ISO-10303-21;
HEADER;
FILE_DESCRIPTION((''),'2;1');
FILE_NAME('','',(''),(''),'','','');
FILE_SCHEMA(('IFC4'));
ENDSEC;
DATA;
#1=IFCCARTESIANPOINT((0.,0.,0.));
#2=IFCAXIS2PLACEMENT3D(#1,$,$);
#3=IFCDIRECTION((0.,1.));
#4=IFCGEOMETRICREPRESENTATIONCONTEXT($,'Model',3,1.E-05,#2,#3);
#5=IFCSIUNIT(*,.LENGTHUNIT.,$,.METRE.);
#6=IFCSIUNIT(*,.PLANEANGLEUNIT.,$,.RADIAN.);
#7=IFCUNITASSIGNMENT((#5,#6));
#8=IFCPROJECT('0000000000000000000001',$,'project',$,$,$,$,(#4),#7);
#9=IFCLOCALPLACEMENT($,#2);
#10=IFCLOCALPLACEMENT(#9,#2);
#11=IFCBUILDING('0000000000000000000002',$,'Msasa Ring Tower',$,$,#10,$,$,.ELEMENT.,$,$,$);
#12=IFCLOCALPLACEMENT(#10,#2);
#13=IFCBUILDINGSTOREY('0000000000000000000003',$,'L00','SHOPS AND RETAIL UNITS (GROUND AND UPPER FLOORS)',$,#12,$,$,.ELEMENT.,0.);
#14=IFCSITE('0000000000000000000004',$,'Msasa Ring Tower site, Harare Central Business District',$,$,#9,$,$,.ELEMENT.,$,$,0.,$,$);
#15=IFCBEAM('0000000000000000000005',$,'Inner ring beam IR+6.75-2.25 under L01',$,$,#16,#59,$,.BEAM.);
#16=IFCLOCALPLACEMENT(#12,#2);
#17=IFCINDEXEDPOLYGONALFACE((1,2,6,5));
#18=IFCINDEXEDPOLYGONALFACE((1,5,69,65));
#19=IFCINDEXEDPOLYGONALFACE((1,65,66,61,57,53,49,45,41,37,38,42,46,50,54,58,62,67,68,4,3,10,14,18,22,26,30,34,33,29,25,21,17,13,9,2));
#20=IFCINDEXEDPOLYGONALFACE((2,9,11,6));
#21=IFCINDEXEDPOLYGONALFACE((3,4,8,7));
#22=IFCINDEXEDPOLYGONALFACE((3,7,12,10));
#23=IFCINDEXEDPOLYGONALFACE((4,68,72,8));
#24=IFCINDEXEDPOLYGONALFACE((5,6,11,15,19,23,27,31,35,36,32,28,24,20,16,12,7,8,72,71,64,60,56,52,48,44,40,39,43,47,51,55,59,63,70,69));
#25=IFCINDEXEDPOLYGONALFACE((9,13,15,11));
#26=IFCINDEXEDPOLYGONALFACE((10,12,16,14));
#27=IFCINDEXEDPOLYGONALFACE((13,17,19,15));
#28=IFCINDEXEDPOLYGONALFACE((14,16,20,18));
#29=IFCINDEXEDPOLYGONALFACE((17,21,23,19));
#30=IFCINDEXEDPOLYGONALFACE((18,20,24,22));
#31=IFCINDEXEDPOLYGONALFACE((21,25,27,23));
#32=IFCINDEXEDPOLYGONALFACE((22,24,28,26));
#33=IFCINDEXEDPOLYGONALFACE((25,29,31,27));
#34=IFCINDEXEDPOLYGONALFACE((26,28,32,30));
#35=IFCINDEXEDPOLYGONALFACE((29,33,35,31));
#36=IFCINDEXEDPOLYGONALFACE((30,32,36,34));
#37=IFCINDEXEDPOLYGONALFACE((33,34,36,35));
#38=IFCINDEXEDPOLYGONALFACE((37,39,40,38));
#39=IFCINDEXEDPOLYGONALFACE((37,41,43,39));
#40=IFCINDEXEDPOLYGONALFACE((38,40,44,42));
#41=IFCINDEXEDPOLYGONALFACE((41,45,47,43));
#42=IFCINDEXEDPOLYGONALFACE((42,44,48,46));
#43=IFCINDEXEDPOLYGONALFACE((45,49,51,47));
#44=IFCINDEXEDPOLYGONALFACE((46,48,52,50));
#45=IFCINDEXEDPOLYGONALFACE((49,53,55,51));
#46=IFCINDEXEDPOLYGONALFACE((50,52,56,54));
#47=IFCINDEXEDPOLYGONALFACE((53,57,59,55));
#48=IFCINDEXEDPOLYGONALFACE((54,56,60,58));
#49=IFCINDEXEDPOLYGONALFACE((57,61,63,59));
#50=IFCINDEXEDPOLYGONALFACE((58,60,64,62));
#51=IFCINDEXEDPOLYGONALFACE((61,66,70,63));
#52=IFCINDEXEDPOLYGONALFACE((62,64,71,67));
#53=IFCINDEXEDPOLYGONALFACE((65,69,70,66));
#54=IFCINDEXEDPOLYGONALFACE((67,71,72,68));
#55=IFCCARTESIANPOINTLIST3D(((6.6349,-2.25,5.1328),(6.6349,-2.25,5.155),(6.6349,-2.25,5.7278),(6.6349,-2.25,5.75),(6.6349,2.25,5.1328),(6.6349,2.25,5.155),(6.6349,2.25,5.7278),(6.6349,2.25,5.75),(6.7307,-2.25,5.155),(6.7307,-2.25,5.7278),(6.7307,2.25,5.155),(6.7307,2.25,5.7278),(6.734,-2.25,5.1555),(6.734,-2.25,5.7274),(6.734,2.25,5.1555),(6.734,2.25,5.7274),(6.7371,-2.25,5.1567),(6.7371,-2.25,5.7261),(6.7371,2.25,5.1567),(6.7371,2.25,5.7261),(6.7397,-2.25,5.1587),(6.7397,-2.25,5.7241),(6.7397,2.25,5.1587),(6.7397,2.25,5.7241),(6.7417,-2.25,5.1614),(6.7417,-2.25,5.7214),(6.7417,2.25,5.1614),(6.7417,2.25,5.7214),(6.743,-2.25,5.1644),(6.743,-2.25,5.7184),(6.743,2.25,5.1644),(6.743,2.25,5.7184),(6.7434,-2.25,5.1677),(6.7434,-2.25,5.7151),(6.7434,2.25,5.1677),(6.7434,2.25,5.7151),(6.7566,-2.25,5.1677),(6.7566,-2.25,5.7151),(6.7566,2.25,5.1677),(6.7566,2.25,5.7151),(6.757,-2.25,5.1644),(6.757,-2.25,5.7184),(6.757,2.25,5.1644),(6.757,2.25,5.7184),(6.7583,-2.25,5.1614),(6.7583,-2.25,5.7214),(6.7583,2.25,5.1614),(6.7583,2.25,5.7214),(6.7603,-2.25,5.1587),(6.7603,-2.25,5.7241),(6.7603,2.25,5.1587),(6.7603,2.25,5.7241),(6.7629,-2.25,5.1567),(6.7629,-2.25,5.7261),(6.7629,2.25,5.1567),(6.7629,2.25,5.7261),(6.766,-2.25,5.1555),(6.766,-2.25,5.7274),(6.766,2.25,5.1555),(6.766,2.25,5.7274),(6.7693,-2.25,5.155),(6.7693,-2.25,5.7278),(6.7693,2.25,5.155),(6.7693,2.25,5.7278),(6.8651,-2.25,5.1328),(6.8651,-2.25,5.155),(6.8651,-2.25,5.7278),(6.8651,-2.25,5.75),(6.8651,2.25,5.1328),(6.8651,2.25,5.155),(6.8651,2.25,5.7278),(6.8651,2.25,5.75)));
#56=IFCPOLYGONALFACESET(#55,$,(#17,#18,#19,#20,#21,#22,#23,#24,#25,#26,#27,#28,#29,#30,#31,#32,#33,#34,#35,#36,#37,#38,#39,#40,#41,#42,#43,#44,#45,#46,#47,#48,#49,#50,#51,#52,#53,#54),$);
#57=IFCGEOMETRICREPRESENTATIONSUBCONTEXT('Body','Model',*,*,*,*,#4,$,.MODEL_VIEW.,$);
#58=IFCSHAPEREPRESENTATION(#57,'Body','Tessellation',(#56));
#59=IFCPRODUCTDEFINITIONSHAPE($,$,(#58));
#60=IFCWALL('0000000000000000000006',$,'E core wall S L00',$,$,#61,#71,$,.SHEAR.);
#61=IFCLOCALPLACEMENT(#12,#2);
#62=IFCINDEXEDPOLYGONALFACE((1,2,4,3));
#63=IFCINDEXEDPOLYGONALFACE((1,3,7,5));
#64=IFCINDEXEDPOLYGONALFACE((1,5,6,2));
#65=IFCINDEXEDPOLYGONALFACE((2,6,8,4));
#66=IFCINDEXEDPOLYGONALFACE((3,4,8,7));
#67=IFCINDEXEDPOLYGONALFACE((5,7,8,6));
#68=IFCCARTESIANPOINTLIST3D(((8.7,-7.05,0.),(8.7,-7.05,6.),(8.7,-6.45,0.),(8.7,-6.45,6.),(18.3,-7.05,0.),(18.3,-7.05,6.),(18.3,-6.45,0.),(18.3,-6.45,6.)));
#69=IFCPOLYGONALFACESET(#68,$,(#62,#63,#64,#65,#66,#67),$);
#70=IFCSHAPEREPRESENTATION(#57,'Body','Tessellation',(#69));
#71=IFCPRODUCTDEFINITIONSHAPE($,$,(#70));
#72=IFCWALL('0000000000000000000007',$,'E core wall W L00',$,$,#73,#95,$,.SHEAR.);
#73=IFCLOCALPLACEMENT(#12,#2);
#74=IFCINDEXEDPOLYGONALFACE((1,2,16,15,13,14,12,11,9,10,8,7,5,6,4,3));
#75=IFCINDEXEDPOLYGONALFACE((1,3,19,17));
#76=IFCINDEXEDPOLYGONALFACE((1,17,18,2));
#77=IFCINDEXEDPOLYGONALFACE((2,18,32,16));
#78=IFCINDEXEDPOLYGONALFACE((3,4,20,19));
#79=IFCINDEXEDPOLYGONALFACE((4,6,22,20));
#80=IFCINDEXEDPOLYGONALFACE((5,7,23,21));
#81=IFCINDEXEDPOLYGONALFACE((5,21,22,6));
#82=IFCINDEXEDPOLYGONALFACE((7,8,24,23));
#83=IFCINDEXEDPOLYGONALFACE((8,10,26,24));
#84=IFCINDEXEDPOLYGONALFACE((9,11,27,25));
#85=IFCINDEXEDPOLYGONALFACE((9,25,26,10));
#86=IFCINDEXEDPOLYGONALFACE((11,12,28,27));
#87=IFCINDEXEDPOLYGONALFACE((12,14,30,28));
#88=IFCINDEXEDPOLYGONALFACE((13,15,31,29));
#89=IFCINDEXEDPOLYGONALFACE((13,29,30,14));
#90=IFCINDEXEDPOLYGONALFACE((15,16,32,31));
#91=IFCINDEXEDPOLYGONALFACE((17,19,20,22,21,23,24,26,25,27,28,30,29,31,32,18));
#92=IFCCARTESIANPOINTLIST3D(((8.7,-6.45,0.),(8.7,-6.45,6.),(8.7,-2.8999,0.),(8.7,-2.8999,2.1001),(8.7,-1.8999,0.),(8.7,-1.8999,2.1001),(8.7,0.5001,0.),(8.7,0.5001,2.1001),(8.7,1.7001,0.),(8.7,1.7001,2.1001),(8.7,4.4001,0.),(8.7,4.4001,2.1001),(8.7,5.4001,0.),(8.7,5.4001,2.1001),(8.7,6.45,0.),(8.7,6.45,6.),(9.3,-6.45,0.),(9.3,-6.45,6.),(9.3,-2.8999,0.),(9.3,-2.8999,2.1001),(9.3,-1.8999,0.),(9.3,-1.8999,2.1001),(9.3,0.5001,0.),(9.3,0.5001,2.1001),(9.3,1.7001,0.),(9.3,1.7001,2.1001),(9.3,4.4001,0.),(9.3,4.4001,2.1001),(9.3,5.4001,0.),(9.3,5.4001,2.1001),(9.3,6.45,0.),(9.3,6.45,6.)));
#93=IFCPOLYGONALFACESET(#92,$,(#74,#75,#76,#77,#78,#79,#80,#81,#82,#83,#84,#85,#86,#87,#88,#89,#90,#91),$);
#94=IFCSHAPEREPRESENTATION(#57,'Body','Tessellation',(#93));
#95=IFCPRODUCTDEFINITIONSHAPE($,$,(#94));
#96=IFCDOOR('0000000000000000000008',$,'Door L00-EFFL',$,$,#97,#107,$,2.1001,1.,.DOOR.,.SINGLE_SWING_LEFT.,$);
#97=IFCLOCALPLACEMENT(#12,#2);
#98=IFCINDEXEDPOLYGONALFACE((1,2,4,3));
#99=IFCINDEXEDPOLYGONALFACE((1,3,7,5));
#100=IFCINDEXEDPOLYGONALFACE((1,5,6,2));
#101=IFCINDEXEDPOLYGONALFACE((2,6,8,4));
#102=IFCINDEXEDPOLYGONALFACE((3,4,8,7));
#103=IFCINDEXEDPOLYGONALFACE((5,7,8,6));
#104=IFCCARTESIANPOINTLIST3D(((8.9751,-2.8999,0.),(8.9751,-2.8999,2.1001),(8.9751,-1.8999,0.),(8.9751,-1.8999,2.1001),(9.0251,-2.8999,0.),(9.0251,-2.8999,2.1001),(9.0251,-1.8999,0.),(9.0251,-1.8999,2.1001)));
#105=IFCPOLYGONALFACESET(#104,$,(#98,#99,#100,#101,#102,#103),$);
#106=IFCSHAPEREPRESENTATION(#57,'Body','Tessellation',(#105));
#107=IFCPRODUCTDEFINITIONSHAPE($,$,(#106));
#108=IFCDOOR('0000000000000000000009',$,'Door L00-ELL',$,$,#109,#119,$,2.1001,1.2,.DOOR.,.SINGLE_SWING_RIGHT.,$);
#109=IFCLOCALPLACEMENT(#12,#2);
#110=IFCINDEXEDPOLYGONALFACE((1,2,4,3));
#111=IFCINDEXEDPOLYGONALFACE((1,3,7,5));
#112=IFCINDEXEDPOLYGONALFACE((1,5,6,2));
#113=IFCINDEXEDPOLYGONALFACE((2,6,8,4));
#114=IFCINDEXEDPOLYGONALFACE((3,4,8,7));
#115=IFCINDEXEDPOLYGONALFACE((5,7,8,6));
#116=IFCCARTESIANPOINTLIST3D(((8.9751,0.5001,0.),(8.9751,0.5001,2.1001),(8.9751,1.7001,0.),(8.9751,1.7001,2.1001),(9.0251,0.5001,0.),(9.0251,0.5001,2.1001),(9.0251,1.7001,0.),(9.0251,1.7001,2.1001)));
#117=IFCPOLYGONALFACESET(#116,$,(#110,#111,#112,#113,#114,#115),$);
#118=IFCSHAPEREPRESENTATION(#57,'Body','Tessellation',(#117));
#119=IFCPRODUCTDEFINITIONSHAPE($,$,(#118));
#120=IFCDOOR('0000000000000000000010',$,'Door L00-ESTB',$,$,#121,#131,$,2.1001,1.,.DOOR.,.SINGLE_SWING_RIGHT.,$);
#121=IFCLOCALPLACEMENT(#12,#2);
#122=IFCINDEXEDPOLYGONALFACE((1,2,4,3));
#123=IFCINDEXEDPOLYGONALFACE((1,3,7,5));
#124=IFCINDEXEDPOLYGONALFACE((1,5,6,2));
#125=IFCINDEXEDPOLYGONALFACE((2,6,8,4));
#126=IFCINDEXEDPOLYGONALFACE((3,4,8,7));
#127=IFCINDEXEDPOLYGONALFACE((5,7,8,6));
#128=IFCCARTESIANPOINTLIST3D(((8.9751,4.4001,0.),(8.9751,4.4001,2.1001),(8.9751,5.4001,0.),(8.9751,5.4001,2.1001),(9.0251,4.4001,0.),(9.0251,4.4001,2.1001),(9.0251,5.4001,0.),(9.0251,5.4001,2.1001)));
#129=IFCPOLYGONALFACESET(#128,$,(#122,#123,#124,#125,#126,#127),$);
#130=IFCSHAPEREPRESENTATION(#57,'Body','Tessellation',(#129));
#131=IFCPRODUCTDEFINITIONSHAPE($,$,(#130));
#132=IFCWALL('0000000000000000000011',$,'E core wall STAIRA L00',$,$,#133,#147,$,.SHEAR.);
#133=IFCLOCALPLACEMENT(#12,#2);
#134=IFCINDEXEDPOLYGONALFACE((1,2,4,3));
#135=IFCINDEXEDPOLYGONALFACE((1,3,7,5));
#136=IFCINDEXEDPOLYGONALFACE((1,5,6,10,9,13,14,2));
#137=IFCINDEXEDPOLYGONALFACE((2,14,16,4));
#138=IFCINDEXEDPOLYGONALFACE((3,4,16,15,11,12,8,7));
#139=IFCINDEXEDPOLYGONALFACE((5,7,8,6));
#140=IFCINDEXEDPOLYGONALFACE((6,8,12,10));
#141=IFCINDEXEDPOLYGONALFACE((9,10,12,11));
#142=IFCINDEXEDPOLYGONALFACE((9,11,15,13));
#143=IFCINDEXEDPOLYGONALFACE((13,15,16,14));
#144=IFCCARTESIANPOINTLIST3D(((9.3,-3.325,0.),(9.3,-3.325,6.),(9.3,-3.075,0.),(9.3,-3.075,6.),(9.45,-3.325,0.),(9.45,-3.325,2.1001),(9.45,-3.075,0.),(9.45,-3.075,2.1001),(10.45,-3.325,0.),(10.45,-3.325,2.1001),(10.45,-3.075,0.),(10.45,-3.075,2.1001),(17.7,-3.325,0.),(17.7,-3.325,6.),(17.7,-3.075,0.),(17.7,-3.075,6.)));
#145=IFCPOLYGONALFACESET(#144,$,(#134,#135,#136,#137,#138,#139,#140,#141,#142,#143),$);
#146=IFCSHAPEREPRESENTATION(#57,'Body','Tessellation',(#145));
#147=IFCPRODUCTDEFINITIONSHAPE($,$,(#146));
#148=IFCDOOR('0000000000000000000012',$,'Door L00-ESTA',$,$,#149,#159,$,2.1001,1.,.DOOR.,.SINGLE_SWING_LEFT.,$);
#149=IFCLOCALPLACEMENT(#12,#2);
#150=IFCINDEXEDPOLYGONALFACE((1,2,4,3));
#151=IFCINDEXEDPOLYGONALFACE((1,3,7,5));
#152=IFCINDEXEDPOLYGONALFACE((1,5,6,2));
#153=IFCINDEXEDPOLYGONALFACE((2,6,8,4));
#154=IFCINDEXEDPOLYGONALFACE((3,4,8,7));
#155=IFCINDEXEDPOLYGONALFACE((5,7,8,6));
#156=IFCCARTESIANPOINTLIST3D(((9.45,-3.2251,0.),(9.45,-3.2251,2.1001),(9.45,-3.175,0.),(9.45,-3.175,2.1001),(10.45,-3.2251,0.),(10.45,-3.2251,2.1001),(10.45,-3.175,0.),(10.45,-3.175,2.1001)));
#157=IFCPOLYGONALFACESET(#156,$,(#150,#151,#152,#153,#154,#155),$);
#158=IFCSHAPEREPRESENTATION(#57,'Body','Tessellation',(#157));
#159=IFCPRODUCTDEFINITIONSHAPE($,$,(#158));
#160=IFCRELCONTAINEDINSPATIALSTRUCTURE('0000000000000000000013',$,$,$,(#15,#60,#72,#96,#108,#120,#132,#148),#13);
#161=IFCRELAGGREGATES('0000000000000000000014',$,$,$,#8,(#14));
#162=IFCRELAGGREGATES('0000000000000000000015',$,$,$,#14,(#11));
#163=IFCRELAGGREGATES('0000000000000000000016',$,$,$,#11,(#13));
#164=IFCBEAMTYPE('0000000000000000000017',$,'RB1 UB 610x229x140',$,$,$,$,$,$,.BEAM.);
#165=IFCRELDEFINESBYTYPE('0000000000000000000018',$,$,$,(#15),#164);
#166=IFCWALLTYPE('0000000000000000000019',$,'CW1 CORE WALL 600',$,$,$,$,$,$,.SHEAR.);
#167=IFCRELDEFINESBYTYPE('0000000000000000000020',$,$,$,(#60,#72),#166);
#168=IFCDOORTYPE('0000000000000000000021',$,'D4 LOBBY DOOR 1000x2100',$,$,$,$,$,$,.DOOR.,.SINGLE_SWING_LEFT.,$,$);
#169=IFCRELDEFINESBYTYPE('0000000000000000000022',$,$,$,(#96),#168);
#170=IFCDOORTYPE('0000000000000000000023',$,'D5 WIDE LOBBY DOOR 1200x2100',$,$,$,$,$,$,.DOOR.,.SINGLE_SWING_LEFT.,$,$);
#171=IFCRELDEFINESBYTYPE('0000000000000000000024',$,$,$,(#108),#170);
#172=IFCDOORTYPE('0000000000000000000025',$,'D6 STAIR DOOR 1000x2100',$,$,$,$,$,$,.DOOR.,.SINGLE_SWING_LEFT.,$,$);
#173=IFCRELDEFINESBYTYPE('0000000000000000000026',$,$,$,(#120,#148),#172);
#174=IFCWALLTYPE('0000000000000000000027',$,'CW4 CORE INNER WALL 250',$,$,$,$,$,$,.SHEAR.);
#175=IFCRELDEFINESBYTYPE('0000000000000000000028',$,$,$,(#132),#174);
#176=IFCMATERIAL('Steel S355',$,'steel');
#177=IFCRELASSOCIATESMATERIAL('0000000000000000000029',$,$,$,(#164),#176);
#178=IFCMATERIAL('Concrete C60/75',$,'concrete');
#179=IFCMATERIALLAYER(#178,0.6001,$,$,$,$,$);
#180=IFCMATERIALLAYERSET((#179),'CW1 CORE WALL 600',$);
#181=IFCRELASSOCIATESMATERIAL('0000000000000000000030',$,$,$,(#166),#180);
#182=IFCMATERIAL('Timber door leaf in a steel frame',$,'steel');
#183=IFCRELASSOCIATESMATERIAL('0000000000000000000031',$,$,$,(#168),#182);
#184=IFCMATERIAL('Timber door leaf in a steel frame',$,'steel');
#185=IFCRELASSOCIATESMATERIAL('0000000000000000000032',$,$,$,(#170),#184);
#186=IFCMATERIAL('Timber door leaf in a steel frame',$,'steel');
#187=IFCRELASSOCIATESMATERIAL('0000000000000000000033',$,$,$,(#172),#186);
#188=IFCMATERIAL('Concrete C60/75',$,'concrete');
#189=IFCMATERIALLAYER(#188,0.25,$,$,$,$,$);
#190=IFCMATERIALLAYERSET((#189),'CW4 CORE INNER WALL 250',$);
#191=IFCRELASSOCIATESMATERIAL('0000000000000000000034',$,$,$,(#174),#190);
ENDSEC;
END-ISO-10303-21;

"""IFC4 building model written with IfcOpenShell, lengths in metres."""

from ifc_helpers import new_model, si_unit, direction, frame, frame_2d, origin, origin_2d, place, context, subcontext, project, spatial, rectangle, i_section, extrude, material, layer, layer_set, material_profile, profile_set, type_object, element, fill, save


model = new_model("IFC4")

# Units and contexts
model_context = context("Model", 3, precision=1e-05, world=origin(), true_north=direction((0.0, 1.0)))
body_context = subcontext(model_context, "Body", "Model", "MODEL_VIEW")
ifc_project = project(units=[si_unit("LENGTHUNIT", "METRE"), si_unit("PLANEANGLEUNIT", "RADIAN")], contexts=[model_context])

# Site, building, storey
site_placement = place(None, origin())
site = spatial("IfcSite", under=ifc_project, at=site_placement, Name="Msasa Ring Tower site, Harare Central Business District", CompositionType="ELEMENT", RefElevation=0.0)
building_placement = place(site_placement, origin())
building = spatial("IfcBuilding", under=site, at=building_placement, Name="Msasa Ring Tower", CompositionType="ELEMENT")
storey_placement = place(building_placement, origin())
storey = spatial("IfcBuildingStorey", under=building, at=storey_placement, Name="L00", Description="SHOPS AND RETAIL UNITS (GROUND AND UPPER FLOORS)", CompositionType="ELEMENT", Elevation=0.0)

# Beam
ifc_material_1 = material(Name="Steel S355", Category="steel")
ifc_material_profile_1 = material_profile(ifc_material_1, i_section(OverallWidth=0.2302, OverallDepth=0.6172, WebThickness=0.0132, FlangeThickness=0.0222, FilletRadius=0.0127, at=origin_2d()), Name="UB 610x229x140")
ifc_profile_set_1 = profile_set([ifc_material_profile_1], Name="Steel S355")
beam_type = type_object("IfcBeamType", Name="RB1 UB 610x229x140", PredefinedType="BEAM", material=ifc_profile_set_1)
for number, where, z_axis, x_axis, name in (
    (1, (6.75, -2.25, 5.4414), (0.0, 1.0, 0.0), (-1.0, 0.0, 0.0), "Inner ring beam IR+6.75-2.25 under L01"),
):
    element("IfcBeam", number, at=place(storey_placement, frame(where, z_axis=z_axis, x_axis=x_axis)), inside=storey, type_object=beam_type, Name=name, PredefinedType="BEAM", context=body_context, shape_type="SweptSolid", body=[
        extrude(i_section(OverallWidth=0.2302, OverallDepth=0.6172, WebThickness=0.0132, FlangeThickness=0.0222, FilletRadius=0.0127, at=origin_2d()), origin(), (0.0, 0.0, 1.0), 4.5),
    ])

# Wall
ifc_material_2 = material(Name="Concrete C60/75", Category="concrete")
ifc_layer_1 = layer(ifc_material_2, 0.6001)
ifc_layer_set_1 = layer_set([ifc_layer_1], Name="CW1 CORE WALL 600")
wall_type_1 = type_object("IfcWallType", Name="CW1 CORE WALL 600", PredefinedType="SHEAR", material=ifc_layer_set_1)
wall_1_placement = place(storey_placement, frame((8.7, -6.75, 0.0), z_axis=(0.0, 0.0, 1.0), x_axis=(1.0, 0.0, 0.0)))
element("IfcWall", 2, at=wall_1_placement, inside=storey, type_object=wall_type_1, Name="E core wall S L00", PredefinedType="SHEAR", context=body_context, shape_type="SweptSolid", body=[
    extrude(rectangle(XDim=9.6001, YDim=0.6001, at=frame_2d((4.8, 0.0))), origin(), (0.0, 0.0, 1.0), 6.0),
])

# Wall, openings, doors
wall_2_placement = place(storey_placement, frame((9.0, -6.45, 0.0), z_axis=(0.0, 0.0, 1.0), x_axis=(0.0, 1.0, 0.0)))
wall_2 = element("IfcWall", 3, at=wall_2_placement, inside=storey, type_object=wall_type_1, Name="E core wall W L00", PredefinedType="SHEAR", context=body_context, shape_type="SweptSolid", body=[
    extrude(rectangle(XDim=12.8999, YDim=0.6001, at=frame_2d((6.45, 0.0))), origin(), (0.0, 0.0, 1.0), 6.0),
])
opening_1_placement = place(wall_2_placement, frame((3.55, 0.0, 0.0)))
opening_1 = element("IfcOpeningElement", 4, at=opening_1_placement, cuts=wall_2, PredefinedType="OPENING", context=body_context, shape_type="SweptSolid", body=[
    extrude(rectangle(XDim=1.0, YDim=2.1001, at=frame_2d((0.5, 1.05))), frame((0.0, 0.3101, 0.0), z_axis=(0.0, -1.0, 0.0), x_axis=(1.0, 0.0, 0.0)), (0.0, 0.0, 1.0), 0.6201),
])
opening_2_placement = place(wall_2_placement, frame((6.95, 0.0, 0.0)))
opening_2 = element("IfcOpeningElement", 5, at=opening_2_placement, cuts=wall_2, PredefinedType="OPENING", context=body_context, shape_type="SweptSolid", body=[
    extrude(rectangle(XDim=1.2, YDim=2.1001, at=frame_2d((0.6001, 1.05))), frame((0.0, 0.3101, 0.0), z_axis=(0.0, -1.0, 0.0), x_axis=(1.0, 0.0, 0.0)), (0.0, 0.0, 1.0), 0.6201),
])
opening_3_placement = place(wall_2_placement, frame((10.8501, 0.0, 0.0)))
opening_3 = element("IfcOpeningElement", 6, at=opening_3_placement, cuts=wall_2, PredefinedType="OPENING", context=body_context, shape_type="SweptSolid", body=[
    extrude(rectangle(XDim=1.0, YDim=2.1001, at=frame_2d((0.5, 1.05))), frame((0.0, 0.3101, 0.0), z_axis=(0.0, -1.0, 0.0), x_axis=(1.0, 0.0, 0.0)), (0.0, 0.0, 1.0), 0.6201),
])
ifc_material_3 = material(Name="Timber door leaf in a steel frame", Category="steel")
door_type_1 = type_object("IfcDoorType", Name="D4 LOBBY DOOR 1000x2100", OperationType="SINGLE_SWING_LEFT", PredefinedType="DOOR", material=ifc_material_3)
door_1_placement = place(opening_1_placement, origin())
door_1 = element("IfcDoor", 7, at=door_1_placement, inside=storey, type_object=door_type_1, Name="Door L00-EFFL", OperationType="SINGLE_SWING_LEFT", OverallHeight=2.1001, OverallWidth=1.0, PredefinedType="DOOR", context=body_context, shape_type="SweptSolid", body=[
    extrude(rectangle(XDim=1.0, YDim=2.1001, at=frame_2d((0.5, 1.05))), frame((0.0, 0.0249, 0.0), z_axis=(0.0, -1.0, 0.0), x_axis=(1.0, 0.0, 0.0)), (0.0, 0.0, 1.0), 0.05),
])
fill(opening_1, door_1)
ifc_material_4 = material(Name="Timber door leaf in a steel frame", Category="steel")
door_type_2 = type_object("IfcDoorType", Name="D5 WIDE LOBBY DOOR 1200x2100", OperationType="SINGLE_SWING_LEFT", PredefinedType="DOOR", material=ifc_material_4)
door_2_placement = place(opening_2_placement, origin())
door_2 = element("IfcDoor", 8, at=door_2_placement, inside=storey, type_object=door_type_2, Name="Door L00-ELL", OperationType="SINGLE_SWING_RIGHT", OverallHeight=2.1001, OverallWidth=1.2, PredefinedType="DOOR", context=body_context, shape_type="SweptSolid", body=[
    extrude(rectangle(XDim=1.2, YDim=2.1001, at=frame_2d((0.6001, 1.05))), frame((0.0, 0.0249, 0.0), z_axis=(0.0, -1.0, 0.0), x_axis=(1.0, 0.0, 0.0)), (0.0, 0.0, 1.0), 0.05),
])
fill(opening_2, door_2)
ifc_material_5 = material(Name="Timber door leaf in a steel frame", Category="steel")
door_type_3 = type_object("IfcDoorType", Name="D6 STAIR DOOR 1000x2100", OperationType="SINGLE_SWING_LEFT", PredefinedType="DOOR", material=ifc_material_5)
door_3_placement = place(opening_3_placement, origin())
door_3 = element("IfcDoor", 9, at=door_3_placement, inside=storey, type_object=door_type_3, Name="Door L00-ESTB", OperationType="SINGLE_SWING_RIGHT", OverallHeight=2.1001, OverallWidth=1.0, PredefinedType="DOOR", context=body_context, shape_type="SweptSolid", body=[
    extrude(rectangle(XDim=1.0, YDim=2.1001, at=frame_2d((0.5, 1.05))), frame((0.0, 0.0249, 0.0), z_axis=(0.0, -1.0, 0.0), x_axis=(1.0, 0.0, 0.0)), (0.0, 0.0, 1.0), 0.05),
])
fill(opening_3, door_3)

# Wall, opening, door
ifc_material_6 = material(Name="Concrete C60/75", Category="concrete")
ifc_layer_2 = layer(ifc_material_6, 0.25)
ifc_layer_set_2 = layer_set([ifc_layer_2], Name="CW4 CORE INNER WALL 250")
wall_type_2 = type_object("IfcWallType", Name="CW4 CORE INNER WALL 250", PredefinedType="SHEAR", material=ifc_layer_set_2)
wall_3_placement = place(storey_placement, frame((9.3, -3.2, 0.0), z_axis=(0.0, 0.0, 1.0), x_axis=(1.0, 0.0, 0.0)))
wall_3 = element("IfcWall", 10, at=wall_3_placement, inside=storey, type_object=wall_type_2, Name="E core wall STAIRA L00", PredefinedType="SHEAR", context=body_context, shape_type="SweptSolid", body=[
    extrude(rectangle(XDim=8.3999, YDim=0.25, at=frame_2d((4.2, 0.0))), origin(), (0.0, 0.0, 1.0), 6.0),
])
opening_4_placement = place(wall_3_placement, frame((0.1499, 0.0, 0.0)))
opening_4 = element("IfcOpeningElement", 11, at=opening_4_placement, cuts=wall_3, PredefinedType="OPENING", context=body_context, shape_type="SweptSolid", body=[
    extrude(rectangle(XDim=1.0, YDim=2.1001, at=frame_2d((0.5, 1.05))), frame((0.0, 0.135, 0.0), z_axis=(0.0, -1.0, 0.0), x_axis=(1.0, 0.0, 0.0)), (0.0, 0.0, 1.0), 0.27),
])
door_4_placement = place(opening_4_placement, origin())
door_4 = element("IfcDoor", 12, at=door_4_placement, inside=storey, type_object=door_type_3, Name="Door L00-ESTA", OperationType="SINGLE_SWING_LEFT", OverallHeight=2.1001, OverallWidth=1.0, PredefinedType="DOOR", context=body_context, shape_type="SweptSolid", body=[
    extrude(rectangle(XDim=1.0, YDim=2.1001, at=frame_2d((0.5, 1.05))), frame((0.0, 0.0249, 0.0), z_axis=(0.0, -1.0, 0.0), x_axis=(1.0, 0.0, 0.0)), (0.0, 0.0, 1.0), 0.05),
])
fill(opening_4, door_4)

save(model, "model.ifc")
